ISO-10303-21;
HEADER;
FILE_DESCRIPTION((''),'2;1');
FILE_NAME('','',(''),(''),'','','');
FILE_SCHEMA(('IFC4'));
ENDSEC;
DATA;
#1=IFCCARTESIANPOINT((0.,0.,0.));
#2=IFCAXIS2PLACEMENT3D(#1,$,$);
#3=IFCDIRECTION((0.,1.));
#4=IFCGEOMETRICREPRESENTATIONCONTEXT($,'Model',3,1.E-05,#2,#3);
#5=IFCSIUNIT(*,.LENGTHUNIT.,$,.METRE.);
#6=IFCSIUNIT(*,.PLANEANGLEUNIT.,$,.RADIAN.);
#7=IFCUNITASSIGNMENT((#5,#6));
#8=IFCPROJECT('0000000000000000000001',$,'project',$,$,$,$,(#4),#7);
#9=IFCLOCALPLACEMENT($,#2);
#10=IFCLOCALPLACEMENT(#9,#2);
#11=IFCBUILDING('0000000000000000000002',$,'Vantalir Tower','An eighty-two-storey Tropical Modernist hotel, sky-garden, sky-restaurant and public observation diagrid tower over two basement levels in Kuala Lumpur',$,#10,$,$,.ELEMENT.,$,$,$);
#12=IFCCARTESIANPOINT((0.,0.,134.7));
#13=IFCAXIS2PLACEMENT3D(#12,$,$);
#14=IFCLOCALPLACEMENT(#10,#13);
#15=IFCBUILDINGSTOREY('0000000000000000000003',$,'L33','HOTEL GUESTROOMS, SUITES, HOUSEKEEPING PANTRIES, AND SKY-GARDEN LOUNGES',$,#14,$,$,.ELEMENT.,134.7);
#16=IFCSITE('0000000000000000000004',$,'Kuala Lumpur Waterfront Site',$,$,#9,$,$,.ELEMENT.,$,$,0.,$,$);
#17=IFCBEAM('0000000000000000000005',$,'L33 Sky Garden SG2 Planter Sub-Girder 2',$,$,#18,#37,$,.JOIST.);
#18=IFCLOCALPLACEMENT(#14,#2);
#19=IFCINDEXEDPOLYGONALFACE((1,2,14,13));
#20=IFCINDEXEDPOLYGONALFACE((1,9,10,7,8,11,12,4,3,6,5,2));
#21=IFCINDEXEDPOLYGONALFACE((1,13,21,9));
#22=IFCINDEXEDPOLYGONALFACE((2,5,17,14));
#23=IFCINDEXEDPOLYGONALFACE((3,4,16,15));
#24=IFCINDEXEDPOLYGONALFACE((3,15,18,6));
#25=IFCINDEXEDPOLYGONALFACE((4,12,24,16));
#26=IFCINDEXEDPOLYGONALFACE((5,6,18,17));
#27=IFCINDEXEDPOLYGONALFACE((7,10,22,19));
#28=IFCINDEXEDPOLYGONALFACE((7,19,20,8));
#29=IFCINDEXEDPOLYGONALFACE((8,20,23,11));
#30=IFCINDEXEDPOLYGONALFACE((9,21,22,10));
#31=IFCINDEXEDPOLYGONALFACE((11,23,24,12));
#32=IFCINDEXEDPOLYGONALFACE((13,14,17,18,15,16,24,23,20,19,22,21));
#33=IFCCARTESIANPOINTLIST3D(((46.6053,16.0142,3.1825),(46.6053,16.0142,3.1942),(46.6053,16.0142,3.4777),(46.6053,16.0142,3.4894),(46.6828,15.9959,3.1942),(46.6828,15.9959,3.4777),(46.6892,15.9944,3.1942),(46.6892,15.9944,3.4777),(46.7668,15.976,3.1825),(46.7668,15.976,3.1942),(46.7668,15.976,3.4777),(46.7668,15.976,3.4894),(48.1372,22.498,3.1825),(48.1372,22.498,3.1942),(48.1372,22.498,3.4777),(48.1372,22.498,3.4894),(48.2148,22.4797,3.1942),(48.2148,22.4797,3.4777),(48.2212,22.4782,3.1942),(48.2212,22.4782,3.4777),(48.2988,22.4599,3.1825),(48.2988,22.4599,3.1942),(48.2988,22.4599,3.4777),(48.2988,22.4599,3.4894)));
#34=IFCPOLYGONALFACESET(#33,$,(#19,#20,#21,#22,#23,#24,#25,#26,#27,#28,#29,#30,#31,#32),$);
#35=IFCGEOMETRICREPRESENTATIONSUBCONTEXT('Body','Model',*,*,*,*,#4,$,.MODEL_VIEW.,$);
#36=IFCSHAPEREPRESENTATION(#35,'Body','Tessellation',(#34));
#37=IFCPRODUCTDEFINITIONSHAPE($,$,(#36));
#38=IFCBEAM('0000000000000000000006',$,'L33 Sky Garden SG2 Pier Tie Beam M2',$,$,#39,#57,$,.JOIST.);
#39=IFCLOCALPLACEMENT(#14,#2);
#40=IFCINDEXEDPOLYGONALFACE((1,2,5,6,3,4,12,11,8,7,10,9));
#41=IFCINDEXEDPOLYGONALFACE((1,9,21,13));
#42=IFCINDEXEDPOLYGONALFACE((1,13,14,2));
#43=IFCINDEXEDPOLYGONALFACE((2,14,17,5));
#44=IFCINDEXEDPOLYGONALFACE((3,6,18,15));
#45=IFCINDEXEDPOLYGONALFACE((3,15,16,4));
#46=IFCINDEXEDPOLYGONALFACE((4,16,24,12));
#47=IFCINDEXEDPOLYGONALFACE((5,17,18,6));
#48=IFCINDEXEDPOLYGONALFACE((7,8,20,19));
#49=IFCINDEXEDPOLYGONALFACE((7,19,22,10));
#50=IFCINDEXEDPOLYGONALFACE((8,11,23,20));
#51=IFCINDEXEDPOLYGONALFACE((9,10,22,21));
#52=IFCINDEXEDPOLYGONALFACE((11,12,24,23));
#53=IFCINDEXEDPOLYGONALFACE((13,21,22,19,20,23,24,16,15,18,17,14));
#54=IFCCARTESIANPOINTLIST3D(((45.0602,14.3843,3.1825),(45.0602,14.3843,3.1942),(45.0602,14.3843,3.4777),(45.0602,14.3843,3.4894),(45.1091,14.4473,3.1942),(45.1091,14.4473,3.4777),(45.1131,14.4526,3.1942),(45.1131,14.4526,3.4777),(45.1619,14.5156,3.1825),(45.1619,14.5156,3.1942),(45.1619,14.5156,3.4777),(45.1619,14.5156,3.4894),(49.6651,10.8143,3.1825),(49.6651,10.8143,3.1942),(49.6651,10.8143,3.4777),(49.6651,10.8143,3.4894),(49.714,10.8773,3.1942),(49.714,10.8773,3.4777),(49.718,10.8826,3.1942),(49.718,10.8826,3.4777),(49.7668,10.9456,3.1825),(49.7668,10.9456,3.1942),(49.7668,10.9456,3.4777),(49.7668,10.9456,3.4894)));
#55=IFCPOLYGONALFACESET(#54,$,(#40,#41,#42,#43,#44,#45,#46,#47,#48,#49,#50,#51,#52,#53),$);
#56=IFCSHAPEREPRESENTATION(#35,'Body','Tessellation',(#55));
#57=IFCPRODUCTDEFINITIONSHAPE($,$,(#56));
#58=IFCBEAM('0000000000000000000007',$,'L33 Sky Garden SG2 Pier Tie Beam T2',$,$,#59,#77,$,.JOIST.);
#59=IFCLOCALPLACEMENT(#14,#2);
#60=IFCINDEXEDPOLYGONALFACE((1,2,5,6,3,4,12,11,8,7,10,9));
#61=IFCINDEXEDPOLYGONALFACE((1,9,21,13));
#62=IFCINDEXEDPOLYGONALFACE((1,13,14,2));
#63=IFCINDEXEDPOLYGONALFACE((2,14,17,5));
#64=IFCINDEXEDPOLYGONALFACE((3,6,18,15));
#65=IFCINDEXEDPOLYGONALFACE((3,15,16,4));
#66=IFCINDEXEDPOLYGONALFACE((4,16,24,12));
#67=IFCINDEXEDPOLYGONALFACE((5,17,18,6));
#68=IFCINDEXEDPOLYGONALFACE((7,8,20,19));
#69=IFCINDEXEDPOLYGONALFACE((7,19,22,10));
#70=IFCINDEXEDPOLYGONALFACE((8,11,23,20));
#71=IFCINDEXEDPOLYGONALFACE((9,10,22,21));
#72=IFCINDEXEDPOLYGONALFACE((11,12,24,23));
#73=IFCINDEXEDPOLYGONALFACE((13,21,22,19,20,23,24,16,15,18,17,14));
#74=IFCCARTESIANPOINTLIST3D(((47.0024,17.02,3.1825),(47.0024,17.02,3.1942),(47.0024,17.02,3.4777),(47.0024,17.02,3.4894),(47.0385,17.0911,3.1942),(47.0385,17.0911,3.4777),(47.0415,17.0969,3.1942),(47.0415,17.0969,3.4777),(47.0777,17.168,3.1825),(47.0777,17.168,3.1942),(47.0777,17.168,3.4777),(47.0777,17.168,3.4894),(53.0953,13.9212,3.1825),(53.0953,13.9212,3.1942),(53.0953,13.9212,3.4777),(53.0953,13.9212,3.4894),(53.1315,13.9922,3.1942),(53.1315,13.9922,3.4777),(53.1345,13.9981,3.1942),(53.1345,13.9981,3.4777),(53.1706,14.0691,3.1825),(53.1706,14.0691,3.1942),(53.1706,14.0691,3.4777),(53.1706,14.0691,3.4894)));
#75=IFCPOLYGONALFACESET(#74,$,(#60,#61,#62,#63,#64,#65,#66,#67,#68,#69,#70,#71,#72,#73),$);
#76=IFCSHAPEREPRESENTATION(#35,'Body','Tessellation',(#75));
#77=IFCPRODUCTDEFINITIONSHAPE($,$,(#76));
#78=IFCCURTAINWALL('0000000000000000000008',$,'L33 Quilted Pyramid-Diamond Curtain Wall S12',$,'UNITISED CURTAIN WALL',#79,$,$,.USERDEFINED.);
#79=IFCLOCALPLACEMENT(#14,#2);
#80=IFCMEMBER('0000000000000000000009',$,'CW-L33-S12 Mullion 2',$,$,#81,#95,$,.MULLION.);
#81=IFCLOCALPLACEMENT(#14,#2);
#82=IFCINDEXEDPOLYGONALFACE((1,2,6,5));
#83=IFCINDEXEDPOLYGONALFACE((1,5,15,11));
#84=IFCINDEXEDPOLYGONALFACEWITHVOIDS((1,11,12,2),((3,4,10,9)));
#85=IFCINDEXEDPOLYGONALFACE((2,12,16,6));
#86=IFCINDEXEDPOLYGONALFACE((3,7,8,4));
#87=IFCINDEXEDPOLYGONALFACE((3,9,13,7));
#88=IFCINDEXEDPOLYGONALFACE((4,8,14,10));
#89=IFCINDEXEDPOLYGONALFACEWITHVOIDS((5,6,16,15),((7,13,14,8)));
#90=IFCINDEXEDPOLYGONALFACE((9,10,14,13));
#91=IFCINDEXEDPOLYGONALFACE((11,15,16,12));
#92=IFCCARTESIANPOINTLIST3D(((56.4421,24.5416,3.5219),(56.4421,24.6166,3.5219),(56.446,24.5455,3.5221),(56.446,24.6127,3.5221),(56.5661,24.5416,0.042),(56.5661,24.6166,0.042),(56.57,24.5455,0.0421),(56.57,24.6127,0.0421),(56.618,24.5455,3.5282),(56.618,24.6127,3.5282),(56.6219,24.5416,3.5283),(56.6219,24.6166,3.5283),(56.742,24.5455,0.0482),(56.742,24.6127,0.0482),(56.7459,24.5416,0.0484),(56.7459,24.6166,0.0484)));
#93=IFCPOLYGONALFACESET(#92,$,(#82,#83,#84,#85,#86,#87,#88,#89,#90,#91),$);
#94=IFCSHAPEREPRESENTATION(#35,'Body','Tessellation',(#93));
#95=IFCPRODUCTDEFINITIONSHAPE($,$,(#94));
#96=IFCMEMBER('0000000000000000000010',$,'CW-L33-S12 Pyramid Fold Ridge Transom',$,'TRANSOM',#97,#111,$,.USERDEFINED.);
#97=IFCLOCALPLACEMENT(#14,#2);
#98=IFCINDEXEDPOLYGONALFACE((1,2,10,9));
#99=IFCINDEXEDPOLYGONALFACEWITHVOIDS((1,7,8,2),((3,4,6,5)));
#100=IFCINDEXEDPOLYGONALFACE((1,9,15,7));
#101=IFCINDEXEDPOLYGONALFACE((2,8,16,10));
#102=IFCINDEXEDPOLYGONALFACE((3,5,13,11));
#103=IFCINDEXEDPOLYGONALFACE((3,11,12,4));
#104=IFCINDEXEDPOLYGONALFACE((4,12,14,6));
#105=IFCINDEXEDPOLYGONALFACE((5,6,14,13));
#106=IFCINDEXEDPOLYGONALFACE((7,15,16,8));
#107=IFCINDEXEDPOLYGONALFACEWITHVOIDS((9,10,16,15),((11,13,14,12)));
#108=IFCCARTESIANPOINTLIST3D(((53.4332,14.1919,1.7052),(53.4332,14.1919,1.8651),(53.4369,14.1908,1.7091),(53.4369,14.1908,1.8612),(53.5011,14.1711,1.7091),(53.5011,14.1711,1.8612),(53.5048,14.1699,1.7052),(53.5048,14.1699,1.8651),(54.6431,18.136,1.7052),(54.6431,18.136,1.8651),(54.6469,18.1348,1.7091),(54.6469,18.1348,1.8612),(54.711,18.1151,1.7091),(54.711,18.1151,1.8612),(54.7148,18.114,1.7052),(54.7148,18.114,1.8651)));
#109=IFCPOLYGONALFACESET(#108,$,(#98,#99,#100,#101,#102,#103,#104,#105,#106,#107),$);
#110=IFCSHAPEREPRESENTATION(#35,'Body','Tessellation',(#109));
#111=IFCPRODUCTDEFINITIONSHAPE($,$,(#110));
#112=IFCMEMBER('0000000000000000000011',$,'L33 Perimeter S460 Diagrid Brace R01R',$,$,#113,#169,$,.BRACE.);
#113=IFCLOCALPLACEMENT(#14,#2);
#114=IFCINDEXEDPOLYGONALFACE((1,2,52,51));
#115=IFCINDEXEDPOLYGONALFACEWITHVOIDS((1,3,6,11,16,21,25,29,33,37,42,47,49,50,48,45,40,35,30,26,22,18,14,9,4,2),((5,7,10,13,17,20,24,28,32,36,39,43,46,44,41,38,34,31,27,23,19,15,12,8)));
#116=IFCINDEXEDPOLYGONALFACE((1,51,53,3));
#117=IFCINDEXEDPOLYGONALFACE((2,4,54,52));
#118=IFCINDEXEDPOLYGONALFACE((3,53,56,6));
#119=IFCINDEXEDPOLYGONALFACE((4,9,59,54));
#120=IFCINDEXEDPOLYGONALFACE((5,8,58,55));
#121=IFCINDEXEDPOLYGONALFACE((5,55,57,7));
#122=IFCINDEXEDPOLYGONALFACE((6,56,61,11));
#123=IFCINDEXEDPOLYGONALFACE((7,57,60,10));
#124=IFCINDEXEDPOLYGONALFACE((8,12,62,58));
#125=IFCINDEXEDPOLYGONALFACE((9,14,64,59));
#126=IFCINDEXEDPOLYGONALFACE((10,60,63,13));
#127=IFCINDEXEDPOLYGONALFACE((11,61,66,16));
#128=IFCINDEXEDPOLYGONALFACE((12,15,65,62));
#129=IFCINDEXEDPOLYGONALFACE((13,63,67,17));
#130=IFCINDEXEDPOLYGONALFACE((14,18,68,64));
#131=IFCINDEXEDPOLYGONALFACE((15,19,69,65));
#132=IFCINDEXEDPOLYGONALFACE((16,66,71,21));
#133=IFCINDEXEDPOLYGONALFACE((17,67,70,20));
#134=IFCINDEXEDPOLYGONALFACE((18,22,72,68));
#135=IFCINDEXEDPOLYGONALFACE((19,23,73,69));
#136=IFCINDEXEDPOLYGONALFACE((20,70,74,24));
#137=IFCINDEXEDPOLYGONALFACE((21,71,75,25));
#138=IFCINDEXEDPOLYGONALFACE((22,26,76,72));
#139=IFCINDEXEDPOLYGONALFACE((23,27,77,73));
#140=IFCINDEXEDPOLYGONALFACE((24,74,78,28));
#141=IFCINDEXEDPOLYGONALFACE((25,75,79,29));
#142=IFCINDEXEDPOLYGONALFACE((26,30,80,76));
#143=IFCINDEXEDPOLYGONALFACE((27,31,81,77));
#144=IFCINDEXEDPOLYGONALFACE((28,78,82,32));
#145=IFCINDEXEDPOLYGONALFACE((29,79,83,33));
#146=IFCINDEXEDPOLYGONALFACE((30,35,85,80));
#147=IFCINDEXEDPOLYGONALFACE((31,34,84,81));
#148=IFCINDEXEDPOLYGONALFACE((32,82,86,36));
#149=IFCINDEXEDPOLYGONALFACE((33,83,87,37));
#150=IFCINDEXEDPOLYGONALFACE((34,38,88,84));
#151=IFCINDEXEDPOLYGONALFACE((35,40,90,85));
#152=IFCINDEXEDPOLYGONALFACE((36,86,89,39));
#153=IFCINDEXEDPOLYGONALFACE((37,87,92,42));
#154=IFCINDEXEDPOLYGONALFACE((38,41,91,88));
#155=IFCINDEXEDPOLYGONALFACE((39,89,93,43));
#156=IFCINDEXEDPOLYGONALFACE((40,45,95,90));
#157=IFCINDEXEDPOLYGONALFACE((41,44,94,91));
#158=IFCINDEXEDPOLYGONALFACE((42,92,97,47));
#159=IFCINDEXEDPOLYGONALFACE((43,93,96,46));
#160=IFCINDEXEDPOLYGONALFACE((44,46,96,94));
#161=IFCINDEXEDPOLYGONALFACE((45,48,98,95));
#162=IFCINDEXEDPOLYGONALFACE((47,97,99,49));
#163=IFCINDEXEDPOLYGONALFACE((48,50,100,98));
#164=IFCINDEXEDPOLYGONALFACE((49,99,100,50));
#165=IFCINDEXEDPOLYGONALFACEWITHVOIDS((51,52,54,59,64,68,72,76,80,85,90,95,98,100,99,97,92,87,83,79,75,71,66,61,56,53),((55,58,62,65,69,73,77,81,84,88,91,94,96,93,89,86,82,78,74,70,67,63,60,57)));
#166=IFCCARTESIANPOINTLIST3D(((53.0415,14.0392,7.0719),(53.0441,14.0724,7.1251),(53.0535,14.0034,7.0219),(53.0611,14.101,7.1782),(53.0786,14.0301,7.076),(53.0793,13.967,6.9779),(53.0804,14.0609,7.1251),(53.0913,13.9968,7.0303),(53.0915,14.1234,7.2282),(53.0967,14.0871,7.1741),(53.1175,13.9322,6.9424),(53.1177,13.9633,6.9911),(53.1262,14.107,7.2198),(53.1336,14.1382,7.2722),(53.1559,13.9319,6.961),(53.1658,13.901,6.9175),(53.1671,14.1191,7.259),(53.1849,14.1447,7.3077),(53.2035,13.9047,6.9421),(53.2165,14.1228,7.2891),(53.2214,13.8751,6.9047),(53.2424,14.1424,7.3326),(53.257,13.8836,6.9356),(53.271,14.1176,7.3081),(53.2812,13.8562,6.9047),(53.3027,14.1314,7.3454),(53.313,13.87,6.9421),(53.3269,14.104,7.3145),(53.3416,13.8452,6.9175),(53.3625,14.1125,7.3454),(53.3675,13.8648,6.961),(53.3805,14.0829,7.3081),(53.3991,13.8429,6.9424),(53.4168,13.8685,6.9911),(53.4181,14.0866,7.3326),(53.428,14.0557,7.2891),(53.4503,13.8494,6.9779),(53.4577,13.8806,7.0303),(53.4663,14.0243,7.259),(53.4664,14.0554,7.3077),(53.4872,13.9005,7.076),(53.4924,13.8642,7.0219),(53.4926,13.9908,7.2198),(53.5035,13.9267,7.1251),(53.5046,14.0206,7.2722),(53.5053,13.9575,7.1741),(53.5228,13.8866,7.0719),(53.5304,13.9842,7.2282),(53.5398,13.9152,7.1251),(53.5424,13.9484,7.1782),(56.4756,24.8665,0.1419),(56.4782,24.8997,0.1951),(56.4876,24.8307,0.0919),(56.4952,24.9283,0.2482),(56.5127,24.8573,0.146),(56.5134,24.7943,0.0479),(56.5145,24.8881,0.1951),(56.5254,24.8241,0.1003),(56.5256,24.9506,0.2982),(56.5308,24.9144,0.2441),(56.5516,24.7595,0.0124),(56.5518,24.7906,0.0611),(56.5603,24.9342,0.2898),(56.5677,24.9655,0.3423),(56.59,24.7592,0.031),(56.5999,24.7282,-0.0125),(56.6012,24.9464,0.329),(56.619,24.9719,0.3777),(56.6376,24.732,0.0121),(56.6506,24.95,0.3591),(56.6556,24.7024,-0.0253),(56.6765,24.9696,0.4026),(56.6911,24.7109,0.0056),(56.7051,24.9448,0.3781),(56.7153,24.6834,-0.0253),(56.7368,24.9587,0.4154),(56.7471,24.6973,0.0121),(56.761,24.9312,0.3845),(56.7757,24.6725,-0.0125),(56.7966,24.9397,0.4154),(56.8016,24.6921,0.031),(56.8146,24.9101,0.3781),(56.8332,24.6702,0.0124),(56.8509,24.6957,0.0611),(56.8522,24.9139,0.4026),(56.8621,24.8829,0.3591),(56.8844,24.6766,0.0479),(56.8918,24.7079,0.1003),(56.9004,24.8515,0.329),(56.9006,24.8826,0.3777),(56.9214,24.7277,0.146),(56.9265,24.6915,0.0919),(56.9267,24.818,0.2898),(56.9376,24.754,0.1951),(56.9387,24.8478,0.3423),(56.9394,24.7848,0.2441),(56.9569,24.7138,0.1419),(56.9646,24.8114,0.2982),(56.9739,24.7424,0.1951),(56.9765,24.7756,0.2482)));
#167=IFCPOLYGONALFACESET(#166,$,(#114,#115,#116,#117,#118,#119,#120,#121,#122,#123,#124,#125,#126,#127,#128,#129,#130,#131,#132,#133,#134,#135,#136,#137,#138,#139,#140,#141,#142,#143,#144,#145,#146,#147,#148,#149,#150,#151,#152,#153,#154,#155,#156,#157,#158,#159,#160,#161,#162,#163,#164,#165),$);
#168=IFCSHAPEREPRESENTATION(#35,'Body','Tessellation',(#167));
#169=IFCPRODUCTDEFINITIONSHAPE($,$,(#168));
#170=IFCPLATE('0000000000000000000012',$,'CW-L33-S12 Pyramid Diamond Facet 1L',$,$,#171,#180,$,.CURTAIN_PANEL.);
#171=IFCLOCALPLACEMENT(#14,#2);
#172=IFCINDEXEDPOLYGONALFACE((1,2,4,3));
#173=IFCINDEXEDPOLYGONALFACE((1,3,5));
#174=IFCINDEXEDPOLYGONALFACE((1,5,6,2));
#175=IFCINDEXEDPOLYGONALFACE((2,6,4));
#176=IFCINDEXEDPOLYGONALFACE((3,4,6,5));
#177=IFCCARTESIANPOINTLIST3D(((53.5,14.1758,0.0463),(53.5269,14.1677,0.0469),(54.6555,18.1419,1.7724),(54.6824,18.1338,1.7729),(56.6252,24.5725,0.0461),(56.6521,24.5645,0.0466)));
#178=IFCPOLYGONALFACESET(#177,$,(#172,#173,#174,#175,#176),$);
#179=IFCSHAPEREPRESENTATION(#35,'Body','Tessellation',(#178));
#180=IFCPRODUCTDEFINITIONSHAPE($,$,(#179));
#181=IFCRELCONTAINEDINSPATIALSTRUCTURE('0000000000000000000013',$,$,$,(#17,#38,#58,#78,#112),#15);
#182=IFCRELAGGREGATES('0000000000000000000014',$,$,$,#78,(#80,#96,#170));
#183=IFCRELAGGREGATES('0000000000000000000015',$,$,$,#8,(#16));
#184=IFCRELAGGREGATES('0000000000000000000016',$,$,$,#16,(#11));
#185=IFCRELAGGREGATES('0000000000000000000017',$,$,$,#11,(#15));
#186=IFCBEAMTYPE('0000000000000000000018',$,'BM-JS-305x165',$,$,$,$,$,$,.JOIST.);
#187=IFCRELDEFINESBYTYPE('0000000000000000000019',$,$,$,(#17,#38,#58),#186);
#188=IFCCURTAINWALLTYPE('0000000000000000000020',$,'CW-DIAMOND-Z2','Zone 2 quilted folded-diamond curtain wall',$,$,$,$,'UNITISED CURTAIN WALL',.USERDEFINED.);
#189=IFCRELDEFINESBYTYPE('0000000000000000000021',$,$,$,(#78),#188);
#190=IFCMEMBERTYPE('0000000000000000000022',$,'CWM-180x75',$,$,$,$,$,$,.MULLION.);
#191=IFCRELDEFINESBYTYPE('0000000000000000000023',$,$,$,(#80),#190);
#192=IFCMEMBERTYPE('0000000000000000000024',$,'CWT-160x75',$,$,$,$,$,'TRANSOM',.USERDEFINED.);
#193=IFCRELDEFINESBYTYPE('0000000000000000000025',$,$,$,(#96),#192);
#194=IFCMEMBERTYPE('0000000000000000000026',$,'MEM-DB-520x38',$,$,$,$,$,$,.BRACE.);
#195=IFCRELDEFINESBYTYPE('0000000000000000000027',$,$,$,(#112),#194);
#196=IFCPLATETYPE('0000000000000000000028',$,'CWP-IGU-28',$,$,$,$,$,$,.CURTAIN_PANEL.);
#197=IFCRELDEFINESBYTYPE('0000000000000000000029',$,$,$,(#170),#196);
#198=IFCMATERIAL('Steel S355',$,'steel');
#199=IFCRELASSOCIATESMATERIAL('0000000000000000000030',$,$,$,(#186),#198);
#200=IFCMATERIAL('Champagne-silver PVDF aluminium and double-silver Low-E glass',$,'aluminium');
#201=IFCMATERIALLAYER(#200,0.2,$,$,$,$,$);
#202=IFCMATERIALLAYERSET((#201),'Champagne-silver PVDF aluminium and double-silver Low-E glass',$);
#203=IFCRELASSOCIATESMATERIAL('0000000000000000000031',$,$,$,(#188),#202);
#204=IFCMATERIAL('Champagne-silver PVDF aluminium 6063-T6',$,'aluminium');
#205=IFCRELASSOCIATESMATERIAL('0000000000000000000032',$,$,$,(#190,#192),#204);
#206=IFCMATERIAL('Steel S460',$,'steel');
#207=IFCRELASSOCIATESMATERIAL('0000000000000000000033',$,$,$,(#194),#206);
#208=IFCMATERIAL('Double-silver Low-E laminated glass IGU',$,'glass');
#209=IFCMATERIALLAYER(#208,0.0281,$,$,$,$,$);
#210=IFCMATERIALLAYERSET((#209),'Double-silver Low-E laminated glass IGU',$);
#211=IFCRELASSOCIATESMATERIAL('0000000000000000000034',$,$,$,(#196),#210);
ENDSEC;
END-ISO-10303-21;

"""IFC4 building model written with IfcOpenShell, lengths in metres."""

from ifc_helpers import new_model, si_unit, direction, frame, origin, origin_2d, place, context, subcontext, project, spatial, polyline, hollow_rectangle, hollow_circle, i_section, outline, extrude, material, layer, layer_set, material_profile, profile_set, type_object, element, aggregate, save


model = new_model("IFC4")

# Units and contexts
model_context = context("Model", 3, precision=1e-05, world=origin(), true_north=direction((0.0, 1.0)))
body_context = subcontext(model_context, "Body", "Model", "MODEL_VIEW")
ifc_project = project(units=[si_unit("LENGTHUNIT", "METRE"), si_unit("PLANEANGLEUNIT", "RADIAN")], contexts=[model_context])

# Site, building, storey
site_placement = place(None, origin())
site = spatial("IfcSite", under=ifc_project, at=site_placement, Name="Kuala Lumpur Waterfront Site", CompositionType="ELEMENT", RefElevation=0.0)
building_placement = place(site_placement, origin())
building = spatial("IfcBuilding", under=site, at=building_placement, Name="Vantalir Tower", Description="An eighty-two-storey Tropical Modernist hotel, sky-garden, sky-restaurant and public observation diagrid tower over two basement levels in Kuala Lumpur", CompositionType="ELEMENT")
storey_placement = place(building_placement, frame((0.0, 0.0, 134.7)))
storey = spatial("IfcBuildingStorey", under=building, at=storey_placement, Name="L33", Description="HOTEL GUESTROOMS, SUITES, HOUSEKEEPING PANTRIES, AND SKY-GARDEN LOUNGES", CompositionType="ELEMENT", Elevation=134.7)

# Beams
ifc_material_1 = material(Name="Steel S355", Category="steel")
ifc_material_profile_1 = material_profile(ifc_material_1, i_section(OverallWidth=0.166, OverallDepth=0.3069, WebThickness=0.0066, FlangeThickness=0.0117, at=origin_2d()), Name="Steel S355")
ifc_profile_set_1 = profile_set([ifc_material_profile_1], Name="Steel S355")
beam_type = type_object("IfcBeamType", Name="BM-JS-305x165", PredefinedType="JOIST", material=ifc_profile_set_1)
beam_1_placement = place(storey_placement, frame((46.686, 15.9951, 3.3359), z_axis=(0.229944, 0.973204, 0.0), x_axis=(-0.973204, 0.229944, 0.0)))
element("IfcBeam", 1, at=beam_1_placement, inside=storey, type_object=beam_type, Name="L33 Sky Garden SG2 Planter Sub-Girder 2", PredefinedType="JOIST", context=body_context, shape_type="SweptSolid", body=[
    extrude(i_section(OverallWidth=0.166, OverallDepth=0.3069, WebThickness=0.0066, FlangeThickness=0.0117, at=origin_2d()), origin(), (0.0, 0.0, 1.0), 6.6624),
])
beam_2_placement = place(storey_placement, frame((45.1111, 14.45, 3.3359), z_axis=(0.790315, -0.612701, 0.0), x_axis=(0.612701, 0.790315, 0.0)))
element("IfcBeam", 2, at=beam_2_placement, inside=storey, type_object=beam_type, Name="L33 Sky Garden SG2 Pier Tie Beam M2", PredefinedType="JOIST", context=body_context, shape_type="SweptSolid", body=[
    extrude(i_section(OverallWidth=0.166, OverallDepth=0.3069, WebThickness=0.0066, FlangeThickness=0.0117, at=origin_2d()), origin(), (0.0, 0.0, 1.0), 5.8267),
])
beam_3_placement = place(storey_placement, frame((47.04, 17.094, 3.3359), z_axis=(0.891342, -0.453332, 0.0), x_axis=(0.453332, 0.891342, 0.0)))
element("IfcBeam", 3, at=beam_3_placement, inside=storey, type_object=beam_type, Name="L33 Sky Garden SG2 Pier Tie Beam T2", PredefinedType="JOIST", context=body_context, shape_type="SweptSolid", body=[
    extrude(i_section(OverallWidth=0.166, OverallDepth=0.3069, WebThickness=0.0066, FlangeThickness=0.0117, at=origin_2d()), origin(), (0.0, 0.0, 1.0), 6.8357),
])

# Curtain wall, members
ifc_material_2 = material(Name="Champagne-silver PVDF aluminium and double-silver Low-E glass", Category="aluminium")
ifc_layer_1 = layer(ifc_material_2, 0.2)
ifc_layer_set_1 = layer_set([ifc_layer_1], Name="Champagne-silver PVDF aluminium and double-silver Low-E glass")
curtain_wall_type = type_object("IfcCurtainWallType", Name="CW-DIAMOND-Z2", Description="Zone 2 quilted folded-diamond curtain wall", ElementType="UNITISED CURTAIN WALL", PredefinedType="USERDEFINED", material=ifc_layer_set_1)
curtain_wall_placement = place(storey_placement, origin())
curtain_wall = element("IfcCurtainWall", 4, at=curtain_wall_placement, inside=storey, type_object=curtain_wall_type, Name="L33 Quilted Pyramid-Diamond Curtain Wall S12", ObjectType="UNITISED CURTAIN WALL", PredefinedType="USERDEFINED")
ifc_material_3 = material(Name="Champagne-silver PVDF aluminium 6063-T6", Category="aluminium")
ifc_material_profile_2 = material_profile(ifc_material_3, hollow_rectangle(XDim=0.075, YDim=0.1799, WallThickness=0.0039, at=origin_2d()), Name="Champagne-silver PVDF aluminium 6063-T6")
ifc_profile_set_2 = profile_set([ifc_material_profile_2], Name="Champagne-silver PVDF aluminium 6063-T6")
member_type_1 = type_object("IfcMemberType", Name="CWM-180x75", PredefinedType="MULLION", material=ifc_profile_set_2)
member_1_placement = place(storey_placement, frame((56.656, 24.5791, 0.0452), z_axis=(-0.035617, 0.0, 0.999366), x_axis=(0.0, -1.0, 0.0)))
member_1 = element("IfcMember", 5, at=member_1_placement, type_object=member_type_1, Name="CW-L33-S12 Mullion 2", PredefinedType="MULLION", context=body_context, shape_type="SweptSolid", body=[
    extrude(hollow_rectangle(XDim=0.075, YDim=0.1799, WallThickness=0.0039, at=origin_2d()), origin(), (0.0, 0.0, 1.0), 3.4822),
])
ifc_material_profile_3 = material_profile(ifc_material_3, hollow_rectangle(XDim=0.075, YDim=0.1599, WallThickness=0.0039, at=origin_2d()), Name="Champagne-silver PVDF aluminium 6063-T6")
ifc_profile_set_3 = profile_set([ifc_material_profile_3], Name="Champagne-silver PVDF aluminium 6063-T6")
member_type_2 = type_object("IfcMemberType", Name="CWT-160x75", ElementType="TRANSOM", PredefinedType="USERDEFINED", material=ifc_profile_set_3)
member_2_placement = place(storey_placement, frame((53.469, 14.1809, 1.7852), z_axis=(0.293287, 0.956024, 0.0), x_axis=(-0.956024, 0.293287, 0.0)))
member_2 = element("IfcMember", 6, at=member_2_placement, type_object=member_type_2, Name="CW-L33-S12 Pyramid Fold Ridge Transom", ObjectType="TRANSOM", PredefinedType="USERDEFINED", context=body_context, shape_type="SweptSolid", body=[
    extrude(hollow_rectangle(XDim=0.075, YDim=0.1599, WallThickness=0.0039, at=origin_2d()), origin(), (0.0, 0.0, 1.0), 4.1255),
])

# Member
ifc_material_4 = material(Name="Steel S460", Category="steel")
ifc_material_profile_4 = material_profile(ifc_material_4, hollow_circle(Radius=0.26, WallThickness=0.0381, at=origin_2d()), Name="Steel S460")
ifc_profile_set_4 = profile_set([ifc_material_profile_4], Name="Steel S460")
member_type_3 = type_object("IfcMemberType", Name="MEM-DB-520x38", PredefinedType="BRACE", material=ifc_profile_set_4)
member_3_placement = place(storey_placement, frame((56.7261, 24.821, 0.1951), z_axis=(-0.258089, -0.813717, 0.520821), x_axis=(0.953203, -0.302331, 0.0)))
element("IfcMember", 7, at=member_3_placement, inside=storey, type_object=member_type_3, Name="L33 Perimeter S460 Diagrid Brace R01R", PredefinedType="BRACE", context=body_context, shape_type="SweptSolid", body=[
    extrude(hollow_circle(Radius=0.26, WallThickness=0.0381, at=origin_2d()), origin(), (0.0, 0.0, 1.0), 13.3059),
])

# Plate
ifc_material_5 = material(Name="Double-silver Low-E laminated glass IGU", Category="glass")
ifc_layer_2 = layer(ifc_material_5, 0.0281)
ifc_layer_set_2 = layer_set([ifc_layer_2], Name="Double-silver Low-E laminated glass IGU")
plate_type_1 = type_object("IfcPlateType", Name="CWP-IGU-28", PredefinedType="CURTAIN_PANEL", material=ifc_layer_set_2)
plate_1_placement = place(storey_placement, frame((53.5269, 14.1677, 0.0469), z_axis=(0.95747, -0.287814, 0.020344), x_axis=(0.287874, 0.957668, -0.000022)))
plate_1 = element("IfcPlate", 8, at=plate_1_placement, type_object=plate_type_1, Name="CW-L33-S12 Pyramid Diamond Facet 1L", PredefinedType="CURTAIN_PANEL", context=body_context, shape_type="SweptSolid", body=[
    extrude(outline(polyline([(0.0, 0.0), (10.8563, 0.0), (4.1308, 1.7265), (0.0, 0.0)])), origin(), (0.0, 0.0, -1.0), 0.0281),
])
aggregate(curtain_wall, [member_1, member_2, plate_1])

save(model, "model.ifc")
